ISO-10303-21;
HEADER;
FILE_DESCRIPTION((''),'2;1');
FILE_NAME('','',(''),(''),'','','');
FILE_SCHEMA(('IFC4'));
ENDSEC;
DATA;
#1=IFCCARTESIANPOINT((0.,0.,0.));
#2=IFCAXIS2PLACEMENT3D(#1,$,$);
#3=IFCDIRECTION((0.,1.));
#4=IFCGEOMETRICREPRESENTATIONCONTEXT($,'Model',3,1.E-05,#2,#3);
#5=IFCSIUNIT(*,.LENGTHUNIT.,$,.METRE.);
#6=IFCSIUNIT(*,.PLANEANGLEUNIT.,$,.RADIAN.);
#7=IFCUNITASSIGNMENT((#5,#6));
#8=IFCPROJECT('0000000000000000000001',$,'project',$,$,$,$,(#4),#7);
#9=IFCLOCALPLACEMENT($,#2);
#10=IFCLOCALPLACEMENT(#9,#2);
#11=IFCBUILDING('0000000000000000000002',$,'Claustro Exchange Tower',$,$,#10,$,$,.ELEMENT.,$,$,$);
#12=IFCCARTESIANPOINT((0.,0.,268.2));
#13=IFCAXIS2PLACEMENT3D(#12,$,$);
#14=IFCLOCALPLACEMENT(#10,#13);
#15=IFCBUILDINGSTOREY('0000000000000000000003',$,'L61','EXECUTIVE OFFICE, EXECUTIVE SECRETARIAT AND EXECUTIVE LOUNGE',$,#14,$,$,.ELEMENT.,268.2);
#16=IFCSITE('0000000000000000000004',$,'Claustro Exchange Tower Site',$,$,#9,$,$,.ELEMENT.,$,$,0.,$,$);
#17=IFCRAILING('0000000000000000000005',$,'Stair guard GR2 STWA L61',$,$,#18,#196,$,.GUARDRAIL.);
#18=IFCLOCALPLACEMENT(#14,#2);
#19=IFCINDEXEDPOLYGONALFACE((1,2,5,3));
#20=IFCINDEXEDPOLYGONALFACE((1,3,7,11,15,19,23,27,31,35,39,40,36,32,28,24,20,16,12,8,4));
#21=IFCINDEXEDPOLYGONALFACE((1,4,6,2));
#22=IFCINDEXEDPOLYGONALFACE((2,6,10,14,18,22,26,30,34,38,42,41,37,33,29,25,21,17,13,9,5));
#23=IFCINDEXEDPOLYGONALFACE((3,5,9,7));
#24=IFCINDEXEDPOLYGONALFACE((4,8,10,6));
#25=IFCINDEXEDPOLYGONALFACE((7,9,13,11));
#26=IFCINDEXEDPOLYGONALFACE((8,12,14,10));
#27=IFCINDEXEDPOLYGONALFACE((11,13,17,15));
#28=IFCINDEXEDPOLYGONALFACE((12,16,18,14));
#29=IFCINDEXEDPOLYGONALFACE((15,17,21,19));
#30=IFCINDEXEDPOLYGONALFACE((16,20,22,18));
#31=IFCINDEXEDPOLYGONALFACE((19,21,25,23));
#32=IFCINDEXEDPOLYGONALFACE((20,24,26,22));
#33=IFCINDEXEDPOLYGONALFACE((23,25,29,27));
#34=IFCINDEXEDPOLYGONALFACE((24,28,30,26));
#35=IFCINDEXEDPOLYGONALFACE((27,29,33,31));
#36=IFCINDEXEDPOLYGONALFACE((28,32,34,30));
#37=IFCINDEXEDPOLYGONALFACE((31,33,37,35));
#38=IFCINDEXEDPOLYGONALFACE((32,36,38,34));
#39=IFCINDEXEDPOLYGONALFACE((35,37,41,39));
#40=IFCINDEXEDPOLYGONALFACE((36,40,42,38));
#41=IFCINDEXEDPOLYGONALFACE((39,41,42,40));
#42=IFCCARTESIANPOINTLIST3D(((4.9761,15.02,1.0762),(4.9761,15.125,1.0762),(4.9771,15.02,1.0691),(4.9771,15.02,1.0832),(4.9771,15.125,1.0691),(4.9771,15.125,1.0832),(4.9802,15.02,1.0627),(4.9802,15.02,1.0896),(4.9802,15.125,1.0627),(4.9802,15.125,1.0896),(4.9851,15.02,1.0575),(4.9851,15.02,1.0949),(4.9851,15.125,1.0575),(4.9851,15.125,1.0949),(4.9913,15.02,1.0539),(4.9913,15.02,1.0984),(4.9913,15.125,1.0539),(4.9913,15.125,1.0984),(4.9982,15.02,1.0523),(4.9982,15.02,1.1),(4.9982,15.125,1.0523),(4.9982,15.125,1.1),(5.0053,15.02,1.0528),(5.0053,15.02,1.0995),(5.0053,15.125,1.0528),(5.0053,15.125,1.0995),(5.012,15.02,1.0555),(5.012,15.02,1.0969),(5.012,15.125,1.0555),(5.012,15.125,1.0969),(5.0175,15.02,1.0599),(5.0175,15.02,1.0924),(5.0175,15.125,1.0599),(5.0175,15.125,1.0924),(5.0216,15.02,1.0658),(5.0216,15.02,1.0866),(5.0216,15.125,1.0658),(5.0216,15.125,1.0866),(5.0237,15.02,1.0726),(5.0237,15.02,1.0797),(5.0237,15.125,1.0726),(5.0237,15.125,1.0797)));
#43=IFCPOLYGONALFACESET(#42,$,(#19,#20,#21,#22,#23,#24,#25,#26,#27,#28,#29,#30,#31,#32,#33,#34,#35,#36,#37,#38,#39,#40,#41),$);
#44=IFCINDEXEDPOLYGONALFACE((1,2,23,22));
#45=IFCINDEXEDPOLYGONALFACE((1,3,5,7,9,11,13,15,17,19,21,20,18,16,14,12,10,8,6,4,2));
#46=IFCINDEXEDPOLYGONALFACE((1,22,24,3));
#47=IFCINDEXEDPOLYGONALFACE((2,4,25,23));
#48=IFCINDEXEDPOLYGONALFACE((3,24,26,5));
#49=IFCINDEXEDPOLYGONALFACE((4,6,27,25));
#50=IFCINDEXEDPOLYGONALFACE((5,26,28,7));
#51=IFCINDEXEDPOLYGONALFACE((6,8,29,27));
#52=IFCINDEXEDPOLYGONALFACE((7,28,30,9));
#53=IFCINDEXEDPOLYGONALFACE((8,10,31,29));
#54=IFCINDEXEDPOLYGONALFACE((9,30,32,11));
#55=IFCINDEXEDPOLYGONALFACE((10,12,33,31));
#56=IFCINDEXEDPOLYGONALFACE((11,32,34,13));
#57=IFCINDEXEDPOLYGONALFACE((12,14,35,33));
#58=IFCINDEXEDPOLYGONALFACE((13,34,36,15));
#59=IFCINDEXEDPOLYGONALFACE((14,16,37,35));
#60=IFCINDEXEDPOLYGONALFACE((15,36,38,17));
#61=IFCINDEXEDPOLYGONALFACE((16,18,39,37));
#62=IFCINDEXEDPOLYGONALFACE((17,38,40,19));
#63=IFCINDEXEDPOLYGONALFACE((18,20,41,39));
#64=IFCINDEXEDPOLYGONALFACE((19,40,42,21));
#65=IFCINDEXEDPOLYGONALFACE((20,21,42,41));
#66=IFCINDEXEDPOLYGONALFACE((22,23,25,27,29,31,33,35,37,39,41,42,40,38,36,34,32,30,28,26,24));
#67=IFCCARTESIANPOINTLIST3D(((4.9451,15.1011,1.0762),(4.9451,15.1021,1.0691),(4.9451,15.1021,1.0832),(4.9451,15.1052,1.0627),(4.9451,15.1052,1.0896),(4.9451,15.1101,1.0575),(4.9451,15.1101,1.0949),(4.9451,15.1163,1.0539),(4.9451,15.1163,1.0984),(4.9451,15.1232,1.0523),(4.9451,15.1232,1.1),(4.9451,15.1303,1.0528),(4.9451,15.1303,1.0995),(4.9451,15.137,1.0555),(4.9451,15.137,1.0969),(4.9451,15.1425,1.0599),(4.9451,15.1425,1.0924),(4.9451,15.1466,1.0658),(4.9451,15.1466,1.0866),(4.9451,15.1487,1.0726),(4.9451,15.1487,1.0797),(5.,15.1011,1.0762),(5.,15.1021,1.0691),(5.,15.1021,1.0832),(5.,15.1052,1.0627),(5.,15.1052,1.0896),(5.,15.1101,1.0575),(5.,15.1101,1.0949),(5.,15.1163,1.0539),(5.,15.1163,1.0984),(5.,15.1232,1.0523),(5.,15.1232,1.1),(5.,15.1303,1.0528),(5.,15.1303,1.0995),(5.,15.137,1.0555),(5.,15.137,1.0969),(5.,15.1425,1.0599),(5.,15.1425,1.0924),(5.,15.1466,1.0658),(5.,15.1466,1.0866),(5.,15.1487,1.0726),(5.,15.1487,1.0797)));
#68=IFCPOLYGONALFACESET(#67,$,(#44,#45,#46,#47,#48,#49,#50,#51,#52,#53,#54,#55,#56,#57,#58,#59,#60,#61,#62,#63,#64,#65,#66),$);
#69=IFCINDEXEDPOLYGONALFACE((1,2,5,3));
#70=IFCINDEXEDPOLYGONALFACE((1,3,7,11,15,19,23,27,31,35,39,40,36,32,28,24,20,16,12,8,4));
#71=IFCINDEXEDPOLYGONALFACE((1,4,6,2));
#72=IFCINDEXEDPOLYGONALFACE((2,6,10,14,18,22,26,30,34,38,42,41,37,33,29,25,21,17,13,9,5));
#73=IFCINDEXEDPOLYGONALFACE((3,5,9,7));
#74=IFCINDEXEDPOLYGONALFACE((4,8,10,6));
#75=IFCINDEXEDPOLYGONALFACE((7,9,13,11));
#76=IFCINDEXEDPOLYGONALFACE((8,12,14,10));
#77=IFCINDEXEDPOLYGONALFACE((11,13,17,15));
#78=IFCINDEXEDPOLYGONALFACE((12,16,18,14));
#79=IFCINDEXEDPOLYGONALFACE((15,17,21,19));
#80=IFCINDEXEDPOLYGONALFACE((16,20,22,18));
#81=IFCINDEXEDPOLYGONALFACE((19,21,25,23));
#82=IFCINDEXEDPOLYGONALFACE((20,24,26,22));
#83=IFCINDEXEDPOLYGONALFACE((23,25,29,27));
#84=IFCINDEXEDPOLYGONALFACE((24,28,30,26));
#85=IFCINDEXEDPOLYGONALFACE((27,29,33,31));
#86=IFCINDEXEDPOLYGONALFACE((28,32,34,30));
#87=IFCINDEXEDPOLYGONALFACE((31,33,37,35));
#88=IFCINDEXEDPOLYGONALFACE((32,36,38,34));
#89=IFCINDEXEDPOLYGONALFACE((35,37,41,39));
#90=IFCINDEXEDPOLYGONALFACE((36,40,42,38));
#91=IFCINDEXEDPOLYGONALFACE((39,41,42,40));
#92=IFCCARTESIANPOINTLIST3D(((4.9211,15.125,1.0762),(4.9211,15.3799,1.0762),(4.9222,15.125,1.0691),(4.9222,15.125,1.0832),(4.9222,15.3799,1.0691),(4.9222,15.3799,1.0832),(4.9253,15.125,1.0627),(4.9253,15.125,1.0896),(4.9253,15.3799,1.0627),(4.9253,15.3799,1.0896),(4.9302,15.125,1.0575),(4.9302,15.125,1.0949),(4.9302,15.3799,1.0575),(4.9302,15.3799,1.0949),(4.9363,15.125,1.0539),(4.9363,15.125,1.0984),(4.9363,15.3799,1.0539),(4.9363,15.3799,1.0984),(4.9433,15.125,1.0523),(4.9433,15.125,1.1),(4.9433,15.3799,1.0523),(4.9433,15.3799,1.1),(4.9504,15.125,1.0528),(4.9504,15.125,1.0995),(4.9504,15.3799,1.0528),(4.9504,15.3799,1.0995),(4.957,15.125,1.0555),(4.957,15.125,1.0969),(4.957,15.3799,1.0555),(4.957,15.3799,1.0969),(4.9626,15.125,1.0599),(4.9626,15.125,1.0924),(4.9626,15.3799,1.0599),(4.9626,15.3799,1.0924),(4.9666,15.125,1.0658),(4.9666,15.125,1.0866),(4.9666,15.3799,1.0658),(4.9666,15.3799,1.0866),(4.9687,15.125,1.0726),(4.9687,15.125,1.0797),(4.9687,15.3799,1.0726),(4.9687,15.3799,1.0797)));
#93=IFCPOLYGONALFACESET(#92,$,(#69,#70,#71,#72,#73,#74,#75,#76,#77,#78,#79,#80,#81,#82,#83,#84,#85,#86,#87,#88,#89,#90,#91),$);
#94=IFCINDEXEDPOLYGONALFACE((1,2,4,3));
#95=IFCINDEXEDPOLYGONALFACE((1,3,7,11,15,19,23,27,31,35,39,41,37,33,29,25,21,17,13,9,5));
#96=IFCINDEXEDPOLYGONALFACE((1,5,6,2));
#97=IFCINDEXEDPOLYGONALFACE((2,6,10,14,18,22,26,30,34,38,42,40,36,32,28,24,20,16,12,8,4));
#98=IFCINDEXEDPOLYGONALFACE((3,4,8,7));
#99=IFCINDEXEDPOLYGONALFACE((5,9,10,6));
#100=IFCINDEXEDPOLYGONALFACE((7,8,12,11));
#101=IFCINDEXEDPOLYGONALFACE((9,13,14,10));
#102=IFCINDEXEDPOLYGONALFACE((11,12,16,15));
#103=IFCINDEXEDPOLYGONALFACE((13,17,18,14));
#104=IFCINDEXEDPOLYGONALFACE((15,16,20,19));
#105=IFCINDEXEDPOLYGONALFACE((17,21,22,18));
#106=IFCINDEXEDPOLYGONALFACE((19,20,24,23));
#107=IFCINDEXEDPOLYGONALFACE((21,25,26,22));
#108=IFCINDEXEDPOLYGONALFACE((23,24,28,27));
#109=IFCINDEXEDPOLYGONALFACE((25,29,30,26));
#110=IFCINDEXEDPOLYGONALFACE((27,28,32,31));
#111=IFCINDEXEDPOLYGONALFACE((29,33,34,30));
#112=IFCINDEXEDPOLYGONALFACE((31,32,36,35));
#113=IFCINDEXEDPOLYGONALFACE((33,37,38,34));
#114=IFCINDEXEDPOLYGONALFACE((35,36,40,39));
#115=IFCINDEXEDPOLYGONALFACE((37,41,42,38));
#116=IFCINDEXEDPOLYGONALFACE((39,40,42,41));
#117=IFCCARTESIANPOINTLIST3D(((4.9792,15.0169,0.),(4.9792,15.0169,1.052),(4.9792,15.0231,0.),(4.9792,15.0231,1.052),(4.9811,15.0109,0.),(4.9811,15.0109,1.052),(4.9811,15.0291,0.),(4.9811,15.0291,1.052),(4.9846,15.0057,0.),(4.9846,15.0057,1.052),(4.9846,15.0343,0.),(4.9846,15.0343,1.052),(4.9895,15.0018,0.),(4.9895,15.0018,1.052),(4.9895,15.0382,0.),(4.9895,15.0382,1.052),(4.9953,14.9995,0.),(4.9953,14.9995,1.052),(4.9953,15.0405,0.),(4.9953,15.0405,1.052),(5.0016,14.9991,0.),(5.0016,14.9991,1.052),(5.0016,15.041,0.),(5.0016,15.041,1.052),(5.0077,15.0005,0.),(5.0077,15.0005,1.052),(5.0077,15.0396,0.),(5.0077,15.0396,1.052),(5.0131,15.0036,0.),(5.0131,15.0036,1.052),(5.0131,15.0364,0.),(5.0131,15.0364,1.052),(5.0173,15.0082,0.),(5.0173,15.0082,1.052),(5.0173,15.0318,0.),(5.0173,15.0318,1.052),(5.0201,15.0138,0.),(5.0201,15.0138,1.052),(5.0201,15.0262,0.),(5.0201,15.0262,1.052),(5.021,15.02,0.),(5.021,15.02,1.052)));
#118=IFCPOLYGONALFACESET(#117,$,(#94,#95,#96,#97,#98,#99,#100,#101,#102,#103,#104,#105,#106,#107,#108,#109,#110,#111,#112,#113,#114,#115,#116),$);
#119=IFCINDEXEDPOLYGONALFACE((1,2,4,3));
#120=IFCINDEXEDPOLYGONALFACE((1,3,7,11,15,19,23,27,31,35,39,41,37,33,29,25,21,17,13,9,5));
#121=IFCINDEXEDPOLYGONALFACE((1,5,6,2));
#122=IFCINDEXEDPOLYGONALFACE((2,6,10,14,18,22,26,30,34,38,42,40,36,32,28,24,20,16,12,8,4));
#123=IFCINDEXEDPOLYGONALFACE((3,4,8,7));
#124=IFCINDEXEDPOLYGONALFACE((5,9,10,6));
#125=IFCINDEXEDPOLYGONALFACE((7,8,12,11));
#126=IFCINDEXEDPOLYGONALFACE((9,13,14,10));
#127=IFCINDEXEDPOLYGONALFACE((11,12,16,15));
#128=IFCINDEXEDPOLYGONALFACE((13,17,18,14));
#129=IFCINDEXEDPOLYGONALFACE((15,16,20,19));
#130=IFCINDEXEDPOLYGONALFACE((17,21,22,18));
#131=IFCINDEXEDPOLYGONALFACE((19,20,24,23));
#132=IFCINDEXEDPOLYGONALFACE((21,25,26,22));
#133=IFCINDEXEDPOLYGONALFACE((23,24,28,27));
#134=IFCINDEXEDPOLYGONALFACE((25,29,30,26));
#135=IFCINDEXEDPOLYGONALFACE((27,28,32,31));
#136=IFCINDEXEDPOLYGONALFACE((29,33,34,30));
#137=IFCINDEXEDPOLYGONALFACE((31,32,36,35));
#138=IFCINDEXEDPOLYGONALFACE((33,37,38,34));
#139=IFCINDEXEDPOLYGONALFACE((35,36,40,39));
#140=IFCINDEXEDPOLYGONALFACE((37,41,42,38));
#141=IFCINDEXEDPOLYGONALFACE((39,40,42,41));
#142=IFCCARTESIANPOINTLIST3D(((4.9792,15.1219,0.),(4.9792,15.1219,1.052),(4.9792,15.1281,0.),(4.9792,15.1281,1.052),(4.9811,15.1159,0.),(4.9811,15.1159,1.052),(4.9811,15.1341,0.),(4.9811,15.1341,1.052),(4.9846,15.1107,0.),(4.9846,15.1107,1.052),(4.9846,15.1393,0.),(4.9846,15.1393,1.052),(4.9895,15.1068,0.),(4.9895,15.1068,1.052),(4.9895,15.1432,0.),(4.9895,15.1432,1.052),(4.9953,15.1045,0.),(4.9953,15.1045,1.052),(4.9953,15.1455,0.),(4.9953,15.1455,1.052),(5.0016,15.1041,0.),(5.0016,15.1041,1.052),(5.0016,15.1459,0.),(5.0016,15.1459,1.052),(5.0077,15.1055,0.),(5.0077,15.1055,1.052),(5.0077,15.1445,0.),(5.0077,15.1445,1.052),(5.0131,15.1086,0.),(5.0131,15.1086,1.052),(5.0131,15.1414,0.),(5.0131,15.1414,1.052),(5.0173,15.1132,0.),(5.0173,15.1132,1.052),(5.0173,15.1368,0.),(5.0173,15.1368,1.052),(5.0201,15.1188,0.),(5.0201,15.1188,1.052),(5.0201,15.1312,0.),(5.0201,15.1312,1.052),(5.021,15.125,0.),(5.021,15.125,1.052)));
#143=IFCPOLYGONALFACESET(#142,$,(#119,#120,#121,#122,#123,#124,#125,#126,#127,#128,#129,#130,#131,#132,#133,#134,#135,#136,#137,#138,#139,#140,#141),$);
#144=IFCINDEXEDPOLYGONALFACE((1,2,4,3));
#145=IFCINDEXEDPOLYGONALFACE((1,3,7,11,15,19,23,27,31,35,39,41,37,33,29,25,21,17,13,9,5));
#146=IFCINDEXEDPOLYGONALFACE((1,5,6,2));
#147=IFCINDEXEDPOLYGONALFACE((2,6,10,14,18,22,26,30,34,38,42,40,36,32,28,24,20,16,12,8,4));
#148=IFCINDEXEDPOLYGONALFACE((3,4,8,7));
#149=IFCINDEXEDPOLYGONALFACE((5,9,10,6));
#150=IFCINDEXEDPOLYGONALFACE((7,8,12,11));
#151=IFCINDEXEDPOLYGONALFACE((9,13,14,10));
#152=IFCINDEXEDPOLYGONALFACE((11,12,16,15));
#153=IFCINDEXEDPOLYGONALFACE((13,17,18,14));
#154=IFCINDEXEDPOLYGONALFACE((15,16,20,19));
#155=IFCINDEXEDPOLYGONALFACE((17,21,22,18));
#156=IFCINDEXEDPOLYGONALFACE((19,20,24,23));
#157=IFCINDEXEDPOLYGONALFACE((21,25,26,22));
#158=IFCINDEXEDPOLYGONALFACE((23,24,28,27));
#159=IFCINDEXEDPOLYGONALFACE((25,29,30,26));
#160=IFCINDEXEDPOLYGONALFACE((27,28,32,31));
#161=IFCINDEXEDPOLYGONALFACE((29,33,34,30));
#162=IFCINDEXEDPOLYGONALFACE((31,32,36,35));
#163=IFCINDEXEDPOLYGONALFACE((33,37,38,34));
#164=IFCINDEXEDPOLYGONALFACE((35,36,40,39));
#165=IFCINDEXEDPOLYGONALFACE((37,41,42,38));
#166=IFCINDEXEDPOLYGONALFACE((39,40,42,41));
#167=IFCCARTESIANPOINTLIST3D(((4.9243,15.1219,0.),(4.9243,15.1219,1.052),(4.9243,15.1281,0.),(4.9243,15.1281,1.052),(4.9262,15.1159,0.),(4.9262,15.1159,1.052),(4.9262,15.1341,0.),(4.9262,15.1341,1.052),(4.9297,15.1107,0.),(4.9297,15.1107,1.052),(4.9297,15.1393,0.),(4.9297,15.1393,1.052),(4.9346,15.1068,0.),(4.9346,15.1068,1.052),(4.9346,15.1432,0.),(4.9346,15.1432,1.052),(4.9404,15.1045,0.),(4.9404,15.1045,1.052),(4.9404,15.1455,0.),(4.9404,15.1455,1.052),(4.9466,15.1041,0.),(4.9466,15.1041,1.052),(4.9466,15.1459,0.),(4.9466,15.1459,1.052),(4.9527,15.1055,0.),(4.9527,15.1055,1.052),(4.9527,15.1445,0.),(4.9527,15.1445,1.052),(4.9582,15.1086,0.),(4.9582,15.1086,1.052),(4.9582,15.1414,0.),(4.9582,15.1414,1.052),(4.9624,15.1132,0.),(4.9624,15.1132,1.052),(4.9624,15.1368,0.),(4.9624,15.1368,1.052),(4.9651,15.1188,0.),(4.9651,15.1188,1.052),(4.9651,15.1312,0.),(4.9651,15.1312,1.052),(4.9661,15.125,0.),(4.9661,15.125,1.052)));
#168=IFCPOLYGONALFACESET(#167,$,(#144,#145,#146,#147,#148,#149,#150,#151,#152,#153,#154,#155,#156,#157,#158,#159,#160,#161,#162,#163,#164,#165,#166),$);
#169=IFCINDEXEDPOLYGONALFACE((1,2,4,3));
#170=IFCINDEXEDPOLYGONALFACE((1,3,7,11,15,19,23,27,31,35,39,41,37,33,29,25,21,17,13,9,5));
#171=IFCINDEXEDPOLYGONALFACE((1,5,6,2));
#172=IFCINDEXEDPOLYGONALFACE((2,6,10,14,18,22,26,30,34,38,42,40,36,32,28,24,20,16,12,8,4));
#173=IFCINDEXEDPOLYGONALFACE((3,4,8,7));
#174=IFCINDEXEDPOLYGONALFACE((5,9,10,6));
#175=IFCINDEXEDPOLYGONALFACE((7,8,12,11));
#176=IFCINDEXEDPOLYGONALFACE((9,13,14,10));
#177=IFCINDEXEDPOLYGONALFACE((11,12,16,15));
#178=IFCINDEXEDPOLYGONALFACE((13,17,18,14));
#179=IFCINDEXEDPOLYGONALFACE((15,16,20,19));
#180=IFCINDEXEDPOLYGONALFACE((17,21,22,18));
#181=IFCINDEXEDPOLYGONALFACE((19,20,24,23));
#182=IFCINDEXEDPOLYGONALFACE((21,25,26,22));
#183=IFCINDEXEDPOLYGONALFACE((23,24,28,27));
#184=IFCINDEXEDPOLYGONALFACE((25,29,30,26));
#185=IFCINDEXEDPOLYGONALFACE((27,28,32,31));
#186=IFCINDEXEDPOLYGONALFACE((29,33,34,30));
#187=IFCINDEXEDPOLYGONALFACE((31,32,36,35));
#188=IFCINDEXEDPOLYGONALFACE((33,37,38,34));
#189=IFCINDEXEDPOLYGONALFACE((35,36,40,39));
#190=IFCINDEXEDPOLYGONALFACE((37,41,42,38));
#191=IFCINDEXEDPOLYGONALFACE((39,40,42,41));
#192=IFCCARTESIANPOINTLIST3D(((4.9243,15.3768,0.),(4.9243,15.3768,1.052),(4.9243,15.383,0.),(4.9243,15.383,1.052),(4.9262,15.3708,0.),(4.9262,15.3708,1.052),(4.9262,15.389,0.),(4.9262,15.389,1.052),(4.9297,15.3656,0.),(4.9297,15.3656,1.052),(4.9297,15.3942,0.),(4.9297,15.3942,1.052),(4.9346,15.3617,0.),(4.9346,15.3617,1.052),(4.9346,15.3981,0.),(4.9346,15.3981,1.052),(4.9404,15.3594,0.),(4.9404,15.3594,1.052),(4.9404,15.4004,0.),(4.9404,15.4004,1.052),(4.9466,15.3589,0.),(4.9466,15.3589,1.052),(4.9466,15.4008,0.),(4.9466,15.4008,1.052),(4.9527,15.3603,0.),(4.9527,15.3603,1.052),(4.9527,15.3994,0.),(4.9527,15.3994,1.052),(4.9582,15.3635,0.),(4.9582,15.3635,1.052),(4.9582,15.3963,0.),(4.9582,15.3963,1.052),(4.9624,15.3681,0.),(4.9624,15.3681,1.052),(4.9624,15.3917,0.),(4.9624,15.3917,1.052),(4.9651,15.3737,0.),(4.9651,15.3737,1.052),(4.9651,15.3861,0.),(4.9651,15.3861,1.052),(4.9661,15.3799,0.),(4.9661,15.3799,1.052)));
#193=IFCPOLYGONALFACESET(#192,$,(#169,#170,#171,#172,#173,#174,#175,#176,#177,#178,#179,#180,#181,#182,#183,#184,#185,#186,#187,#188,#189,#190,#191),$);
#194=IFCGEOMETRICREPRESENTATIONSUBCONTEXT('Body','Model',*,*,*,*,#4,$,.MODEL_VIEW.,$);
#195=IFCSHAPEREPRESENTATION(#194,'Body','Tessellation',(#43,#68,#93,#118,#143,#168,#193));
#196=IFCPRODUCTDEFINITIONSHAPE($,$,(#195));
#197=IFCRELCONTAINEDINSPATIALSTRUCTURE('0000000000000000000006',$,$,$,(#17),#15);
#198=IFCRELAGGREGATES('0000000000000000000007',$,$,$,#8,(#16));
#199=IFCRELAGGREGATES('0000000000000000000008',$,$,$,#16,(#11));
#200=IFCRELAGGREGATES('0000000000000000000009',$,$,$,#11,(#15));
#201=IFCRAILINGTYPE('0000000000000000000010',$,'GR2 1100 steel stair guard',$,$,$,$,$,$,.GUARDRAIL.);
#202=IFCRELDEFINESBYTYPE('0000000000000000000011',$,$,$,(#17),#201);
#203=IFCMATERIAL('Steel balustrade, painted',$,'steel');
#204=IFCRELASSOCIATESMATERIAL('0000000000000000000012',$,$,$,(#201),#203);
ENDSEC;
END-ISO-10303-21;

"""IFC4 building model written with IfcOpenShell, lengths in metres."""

from ifc_helpers import new_model, si_unit, direction, frame, origin, origin_2d, place, context, subcontext, project, spatial, circle, extrude, material, type_object, element, save


model = new_model("IFC4")

# Units and contexts
model_context = context("Model", 3, precision=1e-05, world=origin(), true_north=direction((0.0, 1.0)))
body_context = subcontext(model_context, "Body", "Model", "MODEL_VIEW")
ifc_project = project(units=[si_unit("LENGTHUNIT", "METRE"), si_unit("PLANEANGLEUNIT", "RADIAN")], contexts=[model_context])

# Site, building, storey
site_placement = place(None, origin())
site = spatial("IfcSite", under=ifc_project, at=site_placement, Name="Claustro Exchange Tower Site", CompositionType="ELEMENT", RefElevation=0.0)
building_placement = place(site_placement, origin())
building = spatial("IfcBuilding", under=site, at=building_placement, Name="Claustro Exchange Tower", CompositionType="ELEMENT")
storey_placement = place(building_placement, frame((0.0, 0.0, 268.2)))
storey = spatial("IfcBuildingStorey", under=building, at=storey_placement, Name="L61", Description="EXECUTIVE OFFICE, EXECUTIVE SECRETARIAT AND EXECUTIVE LOUNGE", CompositionType="ELEMENT", Elevation=268.2)

# Railing
ifc_material_1 = material(Name="Steel balustrade, painted", Category="steel")
railing_type_1 = type_object("IfcRailingType", Name="GR2 1100 steel stair guard", PredefinedType="GUARDRAIL", material=ifc_material_1)
railing_1_placement = place(storey_placement, frame((5.0, 15.02, 0.0)))
element("IfcRailing", 1, at=railing_1_placement, inside=storey, type_object=railing_type_1, Name="Stair guard GR2 STWA L61", PredefinedType="GUARDRAIL", context=body_context, shape_type="SweptSolid", body=[
    extrude(circle(Radius=0.0239, at=origin_2d()), frame((0.0, 0.0, 1.0762), z_axis=(0.0, 1.0, 0.0), x_axis=(-1.0, 0.0, 0.0)), (0.0, 0.0, 1.0), 0.105),
    extrude(circle(Radius=0.0239, at=origin_2d()), frame((0.0, 0.105, 1.0762), z_axis=(-1.0, 0.0, 0.0), x_axis=(0.0, -1.0, 0.0)), (0.0, 0.0, 1.0), 0.0549),
    extrude(circle(Radius=0.0239, at=origin_2d()), frame((-0.0549, 0.105, 1.0762), z_axis=(0.0, 1.0, 0.0), x_axis=(-1.0, 0.0, 0.0)), (0.0, 0.0, 1.0), 0.2549),
    extrude(circle(Radius=0.021, at=origin_2d()), origin(), (0.0, 0.0, 1.0), 1.052),
    extrude(circle(Radius=0.021, at=origin_2d()), frame((0.0, 0.105, 0.0)), (0.0, 0.0, 1.0), 1.052),
    extrude(circle(Radius=0.021, at=origin_2d()), frame((-0.0549, 0.105, 0.0)), (0.0, 0.0, 1.0), 1.052),
    extrude(circle(Radius=0.021, at=origin_2d()), frame((-0.0549, 0.3599, 0.0)), (0.0, 0.0, 1.0), 1.052),
])

save(model, "model.ifc")
